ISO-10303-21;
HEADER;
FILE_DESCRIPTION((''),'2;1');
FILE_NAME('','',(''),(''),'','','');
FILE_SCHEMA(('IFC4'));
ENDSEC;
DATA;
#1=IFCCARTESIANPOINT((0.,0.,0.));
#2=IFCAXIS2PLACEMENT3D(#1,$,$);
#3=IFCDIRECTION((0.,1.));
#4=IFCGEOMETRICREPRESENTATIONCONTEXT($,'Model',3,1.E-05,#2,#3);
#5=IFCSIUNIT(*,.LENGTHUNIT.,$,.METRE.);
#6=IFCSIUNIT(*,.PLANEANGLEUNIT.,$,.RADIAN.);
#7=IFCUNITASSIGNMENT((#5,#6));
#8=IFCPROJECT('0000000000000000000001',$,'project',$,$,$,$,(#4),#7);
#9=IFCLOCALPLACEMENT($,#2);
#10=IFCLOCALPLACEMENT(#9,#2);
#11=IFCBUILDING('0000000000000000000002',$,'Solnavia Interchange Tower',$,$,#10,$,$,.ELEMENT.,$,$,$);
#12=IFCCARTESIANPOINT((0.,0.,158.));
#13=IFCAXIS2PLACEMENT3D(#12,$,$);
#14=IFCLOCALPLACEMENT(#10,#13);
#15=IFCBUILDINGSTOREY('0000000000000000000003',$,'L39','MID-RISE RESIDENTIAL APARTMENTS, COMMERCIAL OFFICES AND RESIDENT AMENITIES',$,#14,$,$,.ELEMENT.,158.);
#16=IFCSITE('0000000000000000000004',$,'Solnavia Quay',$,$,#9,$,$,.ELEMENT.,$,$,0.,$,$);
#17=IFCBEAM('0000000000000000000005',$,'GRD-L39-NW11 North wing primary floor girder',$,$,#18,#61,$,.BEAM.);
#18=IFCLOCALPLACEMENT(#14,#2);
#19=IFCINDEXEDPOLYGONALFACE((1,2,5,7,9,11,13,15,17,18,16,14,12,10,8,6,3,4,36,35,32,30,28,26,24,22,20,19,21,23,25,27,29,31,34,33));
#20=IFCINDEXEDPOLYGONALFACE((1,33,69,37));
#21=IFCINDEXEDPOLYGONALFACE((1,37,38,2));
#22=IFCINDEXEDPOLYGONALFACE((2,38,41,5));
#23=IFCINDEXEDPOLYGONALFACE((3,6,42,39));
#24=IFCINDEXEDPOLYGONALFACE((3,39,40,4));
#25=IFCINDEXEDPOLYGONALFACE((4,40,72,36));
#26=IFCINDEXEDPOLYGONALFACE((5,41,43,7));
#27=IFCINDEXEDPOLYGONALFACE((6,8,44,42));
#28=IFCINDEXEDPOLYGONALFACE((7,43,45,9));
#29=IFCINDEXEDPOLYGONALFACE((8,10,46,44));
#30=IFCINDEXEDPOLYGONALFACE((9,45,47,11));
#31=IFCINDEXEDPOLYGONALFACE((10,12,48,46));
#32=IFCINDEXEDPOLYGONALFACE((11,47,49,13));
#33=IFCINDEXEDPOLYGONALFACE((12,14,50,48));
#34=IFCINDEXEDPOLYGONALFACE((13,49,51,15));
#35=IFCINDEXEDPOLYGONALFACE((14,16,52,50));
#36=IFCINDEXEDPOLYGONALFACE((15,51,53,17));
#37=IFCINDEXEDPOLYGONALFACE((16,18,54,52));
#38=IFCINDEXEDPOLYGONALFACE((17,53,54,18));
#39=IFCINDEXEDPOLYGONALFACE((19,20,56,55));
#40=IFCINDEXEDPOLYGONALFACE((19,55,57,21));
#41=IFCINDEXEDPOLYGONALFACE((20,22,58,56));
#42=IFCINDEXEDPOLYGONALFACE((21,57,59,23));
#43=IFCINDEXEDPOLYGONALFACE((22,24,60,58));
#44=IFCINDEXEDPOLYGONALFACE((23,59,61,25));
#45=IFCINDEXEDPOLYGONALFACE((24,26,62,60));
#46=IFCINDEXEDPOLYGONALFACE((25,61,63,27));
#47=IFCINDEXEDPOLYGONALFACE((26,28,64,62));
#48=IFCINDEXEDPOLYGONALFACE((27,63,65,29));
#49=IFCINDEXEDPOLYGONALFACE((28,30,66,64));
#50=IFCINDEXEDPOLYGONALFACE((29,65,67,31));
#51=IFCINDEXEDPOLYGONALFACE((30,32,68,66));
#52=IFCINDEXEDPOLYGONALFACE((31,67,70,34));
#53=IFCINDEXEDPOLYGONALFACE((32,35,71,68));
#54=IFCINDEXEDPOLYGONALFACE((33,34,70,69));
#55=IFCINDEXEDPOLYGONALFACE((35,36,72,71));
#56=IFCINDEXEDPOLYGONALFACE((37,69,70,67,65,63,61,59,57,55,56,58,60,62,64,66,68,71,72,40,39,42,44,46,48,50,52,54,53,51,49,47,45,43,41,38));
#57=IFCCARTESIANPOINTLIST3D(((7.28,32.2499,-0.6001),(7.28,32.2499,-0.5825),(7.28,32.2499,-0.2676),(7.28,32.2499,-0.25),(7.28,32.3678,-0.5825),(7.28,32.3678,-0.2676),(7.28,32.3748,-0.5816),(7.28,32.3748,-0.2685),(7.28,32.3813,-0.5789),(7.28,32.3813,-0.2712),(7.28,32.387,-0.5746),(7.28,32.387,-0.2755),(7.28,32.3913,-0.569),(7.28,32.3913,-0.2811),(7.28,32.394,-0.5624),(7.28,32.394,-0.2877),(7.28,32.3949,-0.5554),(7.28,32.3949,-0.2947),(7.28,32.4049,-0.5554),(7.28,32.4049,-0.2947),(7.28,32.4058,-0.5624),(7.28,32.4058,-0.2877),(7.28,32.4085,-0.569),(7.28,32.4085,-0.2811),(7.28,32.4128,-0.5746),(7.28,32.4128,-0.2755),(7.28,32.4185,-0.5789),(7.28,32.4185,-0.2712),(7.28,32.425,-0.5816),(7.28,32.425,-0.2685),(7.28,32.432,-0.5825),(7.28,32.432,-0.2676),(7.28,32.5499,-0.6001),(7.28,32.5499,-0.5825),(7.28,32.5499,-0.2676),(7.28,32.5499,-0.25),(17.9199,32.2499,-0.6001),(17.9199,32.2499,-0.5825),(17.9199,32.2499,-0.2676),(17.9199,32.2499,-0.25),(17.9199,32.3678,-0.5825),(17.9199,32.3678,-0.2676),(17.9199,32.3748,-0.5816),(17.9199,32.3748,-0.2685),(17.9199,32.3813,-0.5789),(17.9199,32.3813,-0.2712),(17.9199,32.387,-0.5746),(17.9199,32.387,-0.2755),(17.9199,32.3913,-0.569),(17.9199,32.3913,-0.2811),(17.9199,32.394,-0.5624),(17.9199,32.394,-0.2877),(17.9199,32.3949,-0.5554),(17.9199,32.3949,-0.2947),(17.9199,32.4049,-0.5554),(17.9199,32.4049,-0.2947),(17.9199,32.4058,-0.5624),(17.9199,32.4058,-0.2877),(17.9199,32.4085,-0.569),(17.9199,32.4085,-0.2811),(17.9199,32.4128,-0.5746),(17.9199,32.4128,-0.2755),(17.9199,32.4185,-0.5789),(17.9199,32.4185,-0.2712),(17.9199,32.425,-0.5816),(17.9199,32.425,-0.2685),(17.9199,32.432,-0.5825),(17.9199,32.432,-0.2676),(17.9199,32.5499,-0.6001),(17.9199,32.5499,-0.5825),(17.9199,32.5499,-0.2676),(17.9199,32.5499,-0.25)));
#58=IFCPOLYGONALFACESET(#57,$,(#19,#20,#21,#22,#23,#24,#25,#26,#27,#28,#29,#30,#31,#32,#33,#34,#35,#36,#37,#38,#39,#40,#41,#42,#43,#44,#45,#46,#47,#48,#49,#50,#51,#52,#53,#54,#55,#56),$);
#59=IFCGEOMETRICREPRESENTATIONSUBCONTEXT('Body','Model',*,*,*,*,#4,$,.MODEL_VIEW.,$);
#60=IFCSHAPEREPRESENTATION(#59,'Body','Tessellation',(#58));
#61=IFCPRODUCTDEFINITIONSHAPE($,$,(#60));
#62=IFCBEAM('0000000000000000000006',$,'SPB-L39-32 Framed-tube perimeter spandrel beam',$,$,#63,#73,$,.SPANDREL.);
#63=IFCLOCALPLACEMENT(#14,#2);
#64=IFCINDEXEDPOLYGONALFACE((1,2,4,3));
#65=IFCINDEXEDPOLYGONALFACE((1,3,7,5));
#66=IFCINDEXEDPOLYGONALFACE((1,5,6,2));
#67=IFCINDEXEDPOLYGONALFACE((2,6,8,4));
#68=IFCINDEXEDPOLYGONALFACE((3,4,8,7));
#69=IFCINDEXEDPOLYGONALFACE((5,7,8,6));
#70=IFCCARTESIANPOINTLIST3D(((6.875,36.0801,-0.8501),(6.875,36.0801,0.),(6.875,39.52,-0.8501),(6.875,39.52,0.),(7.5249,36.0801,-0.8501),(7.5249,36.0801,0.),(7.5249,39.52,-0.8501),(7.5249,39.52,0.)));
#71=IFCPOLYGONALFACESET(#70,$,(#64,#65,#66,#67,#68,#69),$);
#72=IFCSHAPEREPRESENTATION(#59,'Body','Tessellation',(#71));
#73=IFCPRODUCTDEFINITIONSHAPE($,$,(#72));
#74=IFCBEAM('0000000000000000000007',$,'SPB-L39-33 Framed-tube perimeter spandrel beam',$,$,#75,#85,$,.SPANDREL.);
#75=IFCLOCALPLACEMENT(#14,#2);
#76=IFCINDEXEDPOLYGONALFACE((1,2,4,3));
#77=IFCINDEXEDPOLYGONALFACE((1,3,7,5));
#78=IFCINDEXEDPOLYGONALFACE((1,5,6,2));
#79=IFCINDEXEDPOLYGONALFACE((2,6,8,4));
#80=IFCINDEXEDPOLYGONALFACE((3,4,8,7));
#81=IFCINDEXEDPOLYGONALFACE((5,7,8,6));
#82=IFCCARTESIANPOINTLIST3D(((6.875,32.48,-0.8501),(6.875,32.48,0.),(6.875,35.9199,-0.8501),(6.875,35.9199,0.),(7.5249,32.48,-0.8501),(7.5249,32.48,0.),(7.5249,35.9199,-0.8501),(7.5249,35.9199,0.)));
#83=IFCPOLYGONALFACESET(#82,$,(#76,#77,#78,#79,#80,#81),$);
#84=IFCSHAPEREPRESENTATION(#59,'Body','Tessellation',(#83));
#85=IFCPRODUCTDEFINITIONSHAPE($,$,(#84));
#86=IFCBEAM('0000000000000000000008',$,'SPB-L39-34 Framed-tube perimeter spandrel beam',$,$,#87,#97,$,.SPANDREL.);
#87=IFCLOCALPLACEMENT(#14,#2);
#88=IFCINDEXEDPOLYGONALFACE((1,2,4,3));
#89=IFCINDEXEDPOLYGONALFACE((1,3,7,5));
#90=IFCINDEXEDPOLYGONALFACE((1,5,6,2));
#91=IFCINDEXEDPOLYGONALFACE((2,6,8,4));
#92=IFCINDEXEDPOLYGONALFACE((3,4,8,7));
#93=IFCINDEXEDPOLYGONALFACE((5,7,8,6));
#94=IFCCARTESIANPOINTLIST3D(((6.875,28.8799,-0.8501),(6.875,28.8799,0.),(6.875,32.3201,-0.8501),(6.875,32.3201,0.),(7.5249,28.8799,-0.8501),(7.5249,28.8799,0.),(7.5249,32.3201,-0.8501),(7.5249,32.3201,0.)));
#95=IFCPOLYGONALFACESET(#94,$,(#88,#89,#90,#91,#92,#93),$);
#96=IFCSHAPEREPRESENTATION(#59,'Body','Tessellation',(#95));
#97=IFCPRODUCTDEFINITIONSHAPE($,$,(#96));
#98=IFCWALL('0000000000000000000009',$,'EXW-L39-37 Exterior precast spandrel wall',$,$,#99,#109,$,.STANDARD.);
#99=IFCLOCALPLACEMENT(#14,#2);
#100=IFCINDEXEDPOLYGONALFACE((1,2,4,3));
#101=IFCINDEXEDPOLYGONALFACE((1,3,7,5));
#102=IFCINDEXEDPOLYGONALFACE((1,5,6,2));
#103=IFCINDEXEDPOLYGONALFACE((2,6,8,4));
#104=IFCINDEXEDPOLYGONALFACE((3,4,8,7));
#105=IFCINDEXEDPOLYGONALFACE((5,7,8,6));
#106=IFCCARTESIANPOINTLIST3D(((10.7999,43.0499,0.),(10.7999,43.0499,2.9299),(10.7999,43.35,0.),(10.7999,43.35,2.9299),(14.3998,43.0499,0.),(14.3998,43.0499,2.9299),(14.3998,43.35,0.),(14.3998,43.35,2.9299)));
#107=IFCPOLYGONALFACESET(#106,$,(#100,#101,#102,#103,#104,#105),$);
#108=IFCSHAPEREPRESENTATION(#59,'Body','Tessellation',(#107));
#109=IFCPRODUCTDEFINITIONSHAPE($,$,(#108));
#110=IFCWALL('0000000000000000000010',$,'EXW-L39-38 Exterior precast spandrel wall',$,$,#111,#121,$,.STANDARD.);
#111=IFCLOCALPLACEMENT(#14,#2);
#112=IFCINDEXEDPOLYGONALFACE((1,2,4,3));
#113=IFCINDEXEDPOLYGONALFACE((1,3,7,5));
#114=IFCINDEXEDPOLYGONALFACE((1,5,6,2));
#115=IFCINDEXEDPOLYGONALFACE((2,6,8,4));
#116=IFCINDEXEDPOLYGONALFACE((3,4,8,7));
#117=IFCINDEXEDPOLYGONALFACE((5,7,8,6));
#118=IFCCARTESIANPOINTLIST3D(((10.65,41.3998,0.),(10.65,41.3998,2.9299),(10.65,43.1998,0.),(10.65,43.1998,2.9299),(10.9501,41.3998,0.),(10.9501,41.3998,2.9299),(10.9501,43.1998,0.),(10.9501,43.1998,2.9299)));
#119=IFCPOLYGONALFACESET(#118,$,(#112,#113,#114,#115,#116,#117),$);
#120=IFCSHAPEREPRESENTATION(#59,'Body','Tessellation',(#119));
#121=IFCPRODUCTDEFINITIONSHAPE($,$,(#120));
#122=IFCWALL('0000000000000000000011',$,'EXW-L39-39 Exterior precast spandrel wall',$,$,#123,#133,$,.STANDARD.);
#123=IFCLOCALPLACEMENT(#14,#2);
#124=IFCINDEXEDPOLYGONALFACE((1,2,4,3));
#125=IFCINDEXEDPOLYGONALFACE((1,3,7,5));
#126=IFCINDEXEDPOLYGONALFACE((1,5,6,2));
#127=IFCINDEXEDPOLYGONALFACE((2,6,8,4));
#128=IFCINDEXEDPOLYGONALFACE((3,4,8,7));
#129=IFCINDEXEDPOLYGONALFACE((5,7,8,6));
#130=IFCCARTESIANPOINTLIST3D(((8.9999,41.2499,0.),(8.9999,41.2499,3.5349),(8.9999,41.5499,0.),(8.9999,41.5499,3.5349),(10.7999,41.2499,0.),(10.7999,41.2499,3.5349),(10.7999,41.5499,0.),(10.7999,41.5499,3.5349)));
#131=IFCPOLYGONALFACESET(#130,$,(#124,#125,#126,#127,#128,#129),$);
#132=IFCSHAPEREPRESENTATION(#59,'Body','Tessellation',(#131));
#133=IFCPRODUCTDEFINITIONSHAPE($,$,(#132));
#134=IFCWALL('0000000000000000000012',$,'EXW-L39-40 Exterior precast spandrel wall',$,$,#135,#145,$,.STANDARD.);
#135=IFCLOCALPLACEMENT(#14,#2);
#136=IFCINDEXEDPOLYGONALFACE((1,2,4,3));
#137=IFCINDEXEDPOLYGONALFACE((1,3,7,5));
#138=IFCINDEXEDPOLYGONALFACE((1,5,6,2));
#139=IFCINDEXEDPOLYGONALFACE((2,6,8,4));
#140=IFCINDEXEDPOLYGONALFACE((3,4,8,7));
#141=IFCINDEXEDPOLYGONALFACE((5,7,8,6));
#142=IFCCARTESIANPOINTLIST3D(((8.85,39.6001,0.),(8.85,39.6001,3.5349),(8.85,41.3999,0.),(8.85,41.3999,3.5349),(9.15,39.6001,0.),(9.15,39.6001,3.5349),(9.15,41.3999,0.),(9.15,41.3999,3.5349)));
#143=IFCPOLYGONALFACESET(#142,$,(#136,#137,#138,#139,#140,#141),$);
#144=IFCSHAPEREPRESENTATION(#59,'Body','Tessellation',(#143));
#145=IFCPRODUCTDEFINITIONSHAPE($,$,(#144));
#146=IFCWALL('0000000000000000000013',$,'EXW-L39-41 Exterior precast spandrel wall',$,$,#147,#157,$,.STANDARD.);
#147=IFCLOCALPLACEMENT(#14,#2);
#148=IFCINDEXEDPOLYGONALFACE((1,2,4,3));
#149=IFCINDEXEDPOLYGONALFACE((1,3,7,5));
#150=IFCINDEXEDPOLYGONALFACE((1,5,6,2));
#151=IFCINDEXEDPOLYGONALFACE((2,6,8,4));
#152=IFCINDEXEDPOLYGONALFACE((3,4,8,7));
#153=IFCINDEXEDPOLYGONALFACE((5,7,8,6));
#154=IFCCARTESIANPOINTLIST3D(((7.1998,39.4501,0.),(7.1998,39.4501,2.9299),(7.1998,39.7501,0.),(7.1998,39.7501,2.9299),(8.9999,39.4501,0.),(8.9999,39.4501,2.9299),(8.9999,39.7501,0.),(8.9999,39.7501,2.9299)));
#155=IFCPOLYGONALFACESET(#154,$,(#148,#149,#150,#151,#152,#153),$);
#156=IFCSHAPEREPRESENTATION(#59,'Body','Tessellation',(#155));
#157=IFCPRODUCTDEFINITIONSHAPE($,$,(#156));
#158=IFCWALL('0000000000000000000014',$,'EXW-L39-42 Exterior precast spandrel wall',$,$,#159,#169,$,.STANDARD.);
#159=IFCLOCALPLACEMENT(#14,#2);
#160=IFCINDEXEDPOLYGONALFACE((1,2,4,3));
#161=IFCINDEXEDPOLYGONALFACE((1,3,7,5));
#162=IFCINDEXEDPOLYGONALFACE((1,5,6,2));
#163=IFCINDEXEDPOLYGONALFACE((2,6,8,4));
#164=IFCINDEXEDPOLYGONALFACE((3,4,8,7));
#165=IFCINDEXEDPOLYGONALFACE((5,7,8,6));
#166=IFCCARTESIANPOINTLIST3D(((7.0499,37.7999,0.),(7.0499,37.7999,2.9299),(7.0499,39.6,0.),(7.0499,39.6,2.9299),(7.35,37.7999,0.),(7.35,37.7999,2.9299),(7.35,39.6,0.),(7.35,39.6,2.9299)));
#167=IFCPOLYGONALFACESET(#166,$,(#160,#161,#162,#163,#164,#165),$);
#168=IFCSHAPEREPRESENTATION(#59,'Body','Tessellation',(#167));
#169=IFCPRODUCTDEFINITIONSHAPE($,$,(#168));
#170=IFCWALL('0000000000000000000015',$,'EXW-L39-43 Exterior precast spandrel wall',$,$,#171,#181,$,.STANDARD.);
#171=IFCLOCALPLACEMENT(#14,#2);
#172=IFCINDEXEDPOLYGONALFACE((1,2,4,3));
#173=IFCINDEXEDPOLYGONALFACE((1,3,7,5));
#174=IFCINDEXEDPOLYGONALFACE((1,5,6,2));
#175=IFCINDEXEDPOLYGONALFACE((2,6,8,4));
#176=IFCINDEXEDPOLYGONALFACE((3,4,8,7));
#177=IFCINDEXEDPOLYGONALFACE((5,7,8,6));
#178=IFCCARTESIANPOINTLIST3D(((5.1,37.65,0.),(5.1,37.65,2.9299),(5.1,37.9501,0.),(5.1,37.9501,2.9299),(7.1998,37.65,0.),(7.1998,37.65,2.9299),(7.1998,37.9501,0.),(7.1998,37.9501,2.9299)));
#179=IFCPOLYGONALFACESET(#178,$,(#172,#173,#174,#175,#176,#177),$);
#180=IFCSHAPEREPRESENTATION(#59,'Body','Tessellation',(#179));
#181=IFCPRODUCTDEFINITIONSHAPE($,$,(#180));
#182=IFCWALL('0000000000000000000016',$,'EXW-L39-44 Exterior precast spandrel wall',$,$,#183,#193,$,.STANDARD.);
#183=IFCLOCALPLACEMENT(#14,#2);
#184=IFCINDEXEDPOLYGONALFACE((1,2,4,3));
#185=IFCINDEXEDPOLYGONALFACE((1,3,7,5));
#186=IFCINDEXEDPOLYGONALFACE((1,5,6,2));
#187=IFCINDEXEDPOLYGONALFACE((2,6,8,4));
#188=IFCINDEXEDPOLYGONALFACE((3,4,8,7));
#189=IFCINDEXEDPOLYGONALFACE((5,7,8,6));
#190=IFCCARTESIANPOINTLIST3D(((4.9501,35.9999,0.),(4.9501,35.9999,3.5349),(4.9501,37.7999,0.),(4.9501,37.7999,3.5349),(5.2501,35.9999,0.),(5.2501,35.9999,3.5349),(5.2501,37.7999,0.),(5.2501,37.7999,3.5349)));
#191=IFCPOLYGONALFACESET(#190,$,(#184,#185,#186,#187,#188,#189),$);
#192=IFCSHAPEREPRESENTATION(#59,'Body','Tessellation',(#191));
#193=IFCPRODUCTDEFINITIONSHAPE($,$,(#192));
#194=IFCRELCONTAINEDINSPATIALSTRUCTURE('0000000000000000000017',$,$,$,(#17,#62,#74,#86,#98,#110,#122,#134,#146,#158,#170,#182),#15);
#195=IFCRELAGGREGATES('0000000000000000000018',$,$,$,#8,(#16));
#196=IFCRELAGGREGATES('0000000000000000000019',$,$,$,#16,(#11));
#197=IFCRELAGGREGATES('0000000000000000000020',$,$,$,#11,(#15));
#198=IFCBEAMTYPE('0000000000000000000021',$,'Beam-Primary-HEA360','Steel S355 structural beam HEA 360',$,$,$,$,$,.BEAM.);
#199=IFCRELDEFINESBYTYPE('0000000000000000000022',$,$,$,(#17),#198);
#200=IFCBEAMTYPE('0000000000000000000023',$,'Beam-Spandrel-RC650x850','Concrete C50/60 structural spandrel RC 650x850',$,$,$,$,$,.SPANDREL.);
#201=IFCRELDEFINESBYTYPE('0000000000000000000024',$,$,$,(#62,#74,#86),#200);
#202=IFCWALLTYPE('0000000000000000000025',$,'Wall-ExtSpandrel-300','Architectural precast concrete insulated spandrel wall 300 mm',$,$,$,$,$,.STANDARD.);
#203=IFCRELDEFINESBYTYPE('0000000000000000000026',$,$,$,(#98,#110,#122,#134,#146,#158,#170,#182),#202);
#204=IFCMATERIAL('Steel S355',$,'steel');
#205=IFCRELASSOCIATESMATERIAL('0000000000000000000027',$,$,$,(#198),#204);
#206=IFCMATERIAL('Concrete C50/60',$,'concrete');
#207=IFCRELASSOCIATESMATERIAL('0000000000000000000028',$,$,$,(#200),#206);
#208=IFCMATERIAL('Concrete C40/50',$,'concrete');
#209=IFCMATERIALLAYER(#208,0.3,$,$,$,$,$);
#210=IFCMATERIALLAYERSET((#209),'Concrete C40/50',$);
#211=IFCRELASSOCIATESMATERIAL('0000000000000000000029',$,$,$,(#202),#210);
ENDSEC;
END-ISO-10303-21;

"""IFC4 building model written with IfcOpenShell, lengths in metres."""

from ifc_helpers import new_model, si_unit, direction, frame, frame_2d, origin, origin_2d, place, context, subcontext, project, spatial, rectangle, i_section, extrude, material, layer, layer_set, material_profile, profile_set, type_object, element, save


model = new_model("IFC4")

# Units and contexts
model_context = context("Model", 3, precision=1e-05, world=origin(), true_north=direction((0.0, 1.0)))
body_context = subcontext(model_context, "Body", "Model", "MODEL_VIEW")
ifc_project = project(units=[si_unit("LENGTHUNIT", "METRE"), si_unit("PLANEANGLEUNIT", "RADIAN")], contexts=[model_context])

# Site, building, storey
site_placement = place(None, origin())
site = spatial("IfcSite", under=ifc_project, at=site_placement, Name="Solnavia Quay", CompositionType="ELEMENT", RefElevation=0.0)
building_placement = place(site_placement, origin())
building = spatial("IfcBuilding", under=site, at=building_placement, Name="Solnavia Interchange Tower", CompositionType="ELEMENT")
storey_placement = place(building_placement, frame((0.0, 0.0, 158.0)))
storey = spatial("IfcBuildingStorey", under=building, at=storey_placement, Name="L39", Description="MID-RISE RESIDENTIAL APARTMENTS, COMMERCIAL OFFICES AND RESIDENT AMENITIES", CompositionType="ELEMENT", Elevation=158.0)

# Shared definitions
ifc_material_1 = material(Name="Concrete C50/60", Category="concrete")

# Beams
ifc_material_2 = material(Name="Steel S355", Category="steel")
ifc_material_profile_1 = material_profile(ifc_material_2, i_section(OverallWidth=0.3, OverallDepth=0.3501, WebThickness=0.01, FlangeThickness=0.0176, FilletRadius=0.0271, at=origin_2d()), Name="HEA 360")
ifc_profile_set_1 = profile_set([ifc_material_profile_1], Name="Steel S355")
beam_type_1 = type_object("IfcBeamType", Name="Beam-Primary-HEA360", Description="Steel S355 structural beam HEA 360", PredefinedType="BEAM", material=ifc_profile_set_1)
beam_1_placement = place(storey_placement, frame((7.28, 32.3999, -0.425), z_axis=(1.0, 0.0, 0.0), x_axis=(0.0, 1.0, 0.0)))
element("IfcBeam", 1, at=beam_1_placement, inside=storey, type_object=beam_type_1, Name="GRD-L39-NW11 North wing primary floor girder", PredefinedType="BEAM", context=body_context, shape_type="SweptSolid", body=[
    extrude(i_section(OverallWidth=0.3, OverallDepth=0.3501, WebThickness=0.01, FlangeThickness=0.0176, FilletRadius=0.0271, at=origin_2d()), origin(), (0.0, 0.0, 1.0), 10.6399),
])
ifc_material_profile_2 = material_profile(ifc_material_1, rectangle(XDim=0.6499, YDim=0.8501, at=origin_2d()), Name="RC 650x850")
ifc_profile_set_2 = profile_set([ifc_material_profile_2], Name="Concrete C50/60")
beam_type_2 = type_object("IfcBeamType", Name="Beam-Spandrel-RC650x850", Description="Concrete C50/60 structural spandrel RC 650x850", PredefinedType="SPANDREL", material=ifc_profile_set_2)
for number, where, z_axis, x_axis, name in (
    (2, (7.2, 39.52, -0.425), (0.0, -1.0, 0.0), (1.0, 0.0, 0.0), "SPB-L39-32 Framed-tube perimeter spandrel beam"),
    (3, (7.2, 35.9199, -0.425), (0.0, -1.0, 0.0), (1.0, 0.0, 0.0), "SPB-L39-33 Framed-tube perimeter spandrel beam"),
):
    element("IfcBeam", number, at=place(storey_placement, frame(where, z_axis=z_axis, x_axis=x_axis)), inside=storey, type_object=beam_type_2, Name=name, PredefinedType="SPANDREL", context=body_context, shape_type="SweptSolid", body=[
        extrude(rectangle(XDim=0.6499, YDim=0.8501, at=origin_2d()), origin(), (0.0, 0.0, 1.0), 3.4399),
    ])
beam_2_placement = place(storey_placement, frame((7.2, 32.3201, -0.425), z_axis=(0.0, -1.0, 0.0), x_axis=(1.0, 0.0, 0.0)))
element("IfcBeam", 4, at=beam_2_placement, inside=storey, type_object=beam_type_2, Name="SPB-L39-34 Framed-tube perimeter spandrel beam", PredefinedType="SPANDREL", context=body_context, shape_type="SweptSolid", body=[
    extrude(rectangle(XDim=0.6499, YDim=0.8501, at=origin_2d()), origin(), (0.0, 0.0, 1.0), 3.4402),
])

# Walls
ifc_material_3 = material(Name="Concrete C40/50", Category="concrete")
ifc_layer_1 = layer(ifc_material_3, 0.3)
ifc_layer_set_1 = layer_set([ifc_layer_1], Name="Concrete C40/50")
wall_type = type_object("IfcWallType", Name="Wall-ExtSpandrel-300", Description="Architectural precast concrete insulated spandrel wall 300 mm", PredefinedType="STANDARD", material=ifc_layer_set_1)
wall_1_placement = place(storey_placement, frame((10.8, 43.2, 0.0), z_axis=(0.0, 0.0, 1.0), x_axis=(1.0, 0.0, 0.0)))
element("IfcWall", 5, at=wall_1_placement, inside=storey, type_object=wall_type, Name="EXW-L39-37 Exterior precast spandrel wall", PredefinedType="STANDARD", context=body_context, shape_type="SweptSolid", body=[
    extrude(rectangle(XDim=3.5999, YDim=0.3, at=frame_2d((1.7998, 0.0))), origin(), (0.0, 0.0, 1.0), 2.9299),
])
wall_2_placement = place(storey_placement, frame((10.8, 41.3999, 0.0), z_axis=(0.0, 0.0, 1.0), x_axis=(0.0, 1.0, 0.0)))
element("IfcWall", 6, at=wall_2_placement, inside=storey, type_object=wall_type, Name="EXW-L39-38 Exterior precast spandrel wall", PredefinedType="STANDARD", context=body_context, shape_type="SweptSolid", body=[
    extrude(rectangle(XDim=1.8, YDim=0.3, at=frame_2d((0.8999, 0.0))), origin(), (0.0, 0.0, 1.0), 2.9299),
])
wall_3_placement = place(storey_placement, frame((9.0, 41.3999, 0.0), z_axis=(0.0, 0.0, 1.0), x_axis=(1.0, 0.0, 0.0)))
element("IfcWall", 7, at=wall_3_placement, inside=storey, type_object=wall_type, Name="EXW-L39-39 Exterior precast spandrel wall", PredefinedType="STANDARD", context=body_context, shape_type="SweptSolid", body=[
    extrude(rectangle(XDim=1.8, YDim=0.3, at=frame_2d((0.8999, 0.0))), origin(), (0.0, 0.0, 1.0), 3.5349),
])
wall_4_placement = place(storey_placement, frame((9.0, 39.6001, 0.0), z_axis=(0.0, 0.0, 1.0), x_axis=(0.0, 1.0, 0.0)))
element("IfcWall", 8, at=wall_4_placement, inside=storey, type_object=wall_type, Name="EXW-L39-40 Exterior precast spandrel wall", PredefinedType="STANDARD", context=body_context, shape_type="SweptSolid", body=[
    extrude(rectangle(XDim=1.7998, YDim=0.3, at=frame_2d((0.8999, 0.0))), origin(), (0.0, 0.0, 1.0), 3.5349),
])
for number, where, z_axis, x_axis, name in (
    (9, (7.2, 39.6001, 0.0), (0.0, 0.0, 1.0), (1.0, 0.0, 0.0), "EXW-L39-41 Exterior precast spandrel wall"),
    (10, (7.2, 37.8, 0.0), (0.0, 0.0, 1.0), (0.0, 1.0, 0.0), "EXW-L39-42 Exterior precast spandrel wall"),
):
    element("IfcWall", number, at=place(storey_placement, frame(where, z_axis=z_axis, x_axis=x_axis)), inside=storey, type_object=wall_type, Name=name, PredefinedType="STANDARD", context=body_context, shape_type="SweptSolid", body=[
        extrude(rectangle(XDim=1.8, YDim=0.3, at=frame_2d((0.8999, 0.0))), origin(), (0.0, 0.0, 1.0), 2.9299),
    ])
wall_5_placement = place(storey_placement, frame((5.1001, 37.8, 0.0), z_axis=(0.0, 0.0, 1.0), x_axis=(1.0, 0.0, 0.0)))
element("IfcWall", 11, at=wall_5_placement, inside=storey, type_object=wall_type, Name="EXW-L39-43 Exterior precast spandrel wall", PredefinedType="STANDARD", context=body_context, shape_type="SweptSolid", body=[
    extrude(rectangle(XDim=2.0999, YDim=0.3, at=frame_2d((1.0498, 0.0))), origin(), (0.0, 0.0, 1.0), 2.9299),
])
wall_6_placement = place(storey_placement, frame((5.1001, 36.0, 0.0), z_axis=(0.0, 0.0, 1.0), x_axis=(0.0, 1.0, 0.0)))
element("IfcWall", 12, at=wall_6_placement, inside=storey, type_object=wall_type, Name="EXW-L39-44 Exterior precast spandrel wall", PredefinedType="STANDARD", context=body_context, shape_type="SweptSolid", body=[
    extrude(rectangle(XDim=1.8, YDim=0.3, at=frame_2d((0.8999, 0.0))), origin(), (0.0, 0.0, 1.0), 3.5349),
])

save(model, "model.ifc")
